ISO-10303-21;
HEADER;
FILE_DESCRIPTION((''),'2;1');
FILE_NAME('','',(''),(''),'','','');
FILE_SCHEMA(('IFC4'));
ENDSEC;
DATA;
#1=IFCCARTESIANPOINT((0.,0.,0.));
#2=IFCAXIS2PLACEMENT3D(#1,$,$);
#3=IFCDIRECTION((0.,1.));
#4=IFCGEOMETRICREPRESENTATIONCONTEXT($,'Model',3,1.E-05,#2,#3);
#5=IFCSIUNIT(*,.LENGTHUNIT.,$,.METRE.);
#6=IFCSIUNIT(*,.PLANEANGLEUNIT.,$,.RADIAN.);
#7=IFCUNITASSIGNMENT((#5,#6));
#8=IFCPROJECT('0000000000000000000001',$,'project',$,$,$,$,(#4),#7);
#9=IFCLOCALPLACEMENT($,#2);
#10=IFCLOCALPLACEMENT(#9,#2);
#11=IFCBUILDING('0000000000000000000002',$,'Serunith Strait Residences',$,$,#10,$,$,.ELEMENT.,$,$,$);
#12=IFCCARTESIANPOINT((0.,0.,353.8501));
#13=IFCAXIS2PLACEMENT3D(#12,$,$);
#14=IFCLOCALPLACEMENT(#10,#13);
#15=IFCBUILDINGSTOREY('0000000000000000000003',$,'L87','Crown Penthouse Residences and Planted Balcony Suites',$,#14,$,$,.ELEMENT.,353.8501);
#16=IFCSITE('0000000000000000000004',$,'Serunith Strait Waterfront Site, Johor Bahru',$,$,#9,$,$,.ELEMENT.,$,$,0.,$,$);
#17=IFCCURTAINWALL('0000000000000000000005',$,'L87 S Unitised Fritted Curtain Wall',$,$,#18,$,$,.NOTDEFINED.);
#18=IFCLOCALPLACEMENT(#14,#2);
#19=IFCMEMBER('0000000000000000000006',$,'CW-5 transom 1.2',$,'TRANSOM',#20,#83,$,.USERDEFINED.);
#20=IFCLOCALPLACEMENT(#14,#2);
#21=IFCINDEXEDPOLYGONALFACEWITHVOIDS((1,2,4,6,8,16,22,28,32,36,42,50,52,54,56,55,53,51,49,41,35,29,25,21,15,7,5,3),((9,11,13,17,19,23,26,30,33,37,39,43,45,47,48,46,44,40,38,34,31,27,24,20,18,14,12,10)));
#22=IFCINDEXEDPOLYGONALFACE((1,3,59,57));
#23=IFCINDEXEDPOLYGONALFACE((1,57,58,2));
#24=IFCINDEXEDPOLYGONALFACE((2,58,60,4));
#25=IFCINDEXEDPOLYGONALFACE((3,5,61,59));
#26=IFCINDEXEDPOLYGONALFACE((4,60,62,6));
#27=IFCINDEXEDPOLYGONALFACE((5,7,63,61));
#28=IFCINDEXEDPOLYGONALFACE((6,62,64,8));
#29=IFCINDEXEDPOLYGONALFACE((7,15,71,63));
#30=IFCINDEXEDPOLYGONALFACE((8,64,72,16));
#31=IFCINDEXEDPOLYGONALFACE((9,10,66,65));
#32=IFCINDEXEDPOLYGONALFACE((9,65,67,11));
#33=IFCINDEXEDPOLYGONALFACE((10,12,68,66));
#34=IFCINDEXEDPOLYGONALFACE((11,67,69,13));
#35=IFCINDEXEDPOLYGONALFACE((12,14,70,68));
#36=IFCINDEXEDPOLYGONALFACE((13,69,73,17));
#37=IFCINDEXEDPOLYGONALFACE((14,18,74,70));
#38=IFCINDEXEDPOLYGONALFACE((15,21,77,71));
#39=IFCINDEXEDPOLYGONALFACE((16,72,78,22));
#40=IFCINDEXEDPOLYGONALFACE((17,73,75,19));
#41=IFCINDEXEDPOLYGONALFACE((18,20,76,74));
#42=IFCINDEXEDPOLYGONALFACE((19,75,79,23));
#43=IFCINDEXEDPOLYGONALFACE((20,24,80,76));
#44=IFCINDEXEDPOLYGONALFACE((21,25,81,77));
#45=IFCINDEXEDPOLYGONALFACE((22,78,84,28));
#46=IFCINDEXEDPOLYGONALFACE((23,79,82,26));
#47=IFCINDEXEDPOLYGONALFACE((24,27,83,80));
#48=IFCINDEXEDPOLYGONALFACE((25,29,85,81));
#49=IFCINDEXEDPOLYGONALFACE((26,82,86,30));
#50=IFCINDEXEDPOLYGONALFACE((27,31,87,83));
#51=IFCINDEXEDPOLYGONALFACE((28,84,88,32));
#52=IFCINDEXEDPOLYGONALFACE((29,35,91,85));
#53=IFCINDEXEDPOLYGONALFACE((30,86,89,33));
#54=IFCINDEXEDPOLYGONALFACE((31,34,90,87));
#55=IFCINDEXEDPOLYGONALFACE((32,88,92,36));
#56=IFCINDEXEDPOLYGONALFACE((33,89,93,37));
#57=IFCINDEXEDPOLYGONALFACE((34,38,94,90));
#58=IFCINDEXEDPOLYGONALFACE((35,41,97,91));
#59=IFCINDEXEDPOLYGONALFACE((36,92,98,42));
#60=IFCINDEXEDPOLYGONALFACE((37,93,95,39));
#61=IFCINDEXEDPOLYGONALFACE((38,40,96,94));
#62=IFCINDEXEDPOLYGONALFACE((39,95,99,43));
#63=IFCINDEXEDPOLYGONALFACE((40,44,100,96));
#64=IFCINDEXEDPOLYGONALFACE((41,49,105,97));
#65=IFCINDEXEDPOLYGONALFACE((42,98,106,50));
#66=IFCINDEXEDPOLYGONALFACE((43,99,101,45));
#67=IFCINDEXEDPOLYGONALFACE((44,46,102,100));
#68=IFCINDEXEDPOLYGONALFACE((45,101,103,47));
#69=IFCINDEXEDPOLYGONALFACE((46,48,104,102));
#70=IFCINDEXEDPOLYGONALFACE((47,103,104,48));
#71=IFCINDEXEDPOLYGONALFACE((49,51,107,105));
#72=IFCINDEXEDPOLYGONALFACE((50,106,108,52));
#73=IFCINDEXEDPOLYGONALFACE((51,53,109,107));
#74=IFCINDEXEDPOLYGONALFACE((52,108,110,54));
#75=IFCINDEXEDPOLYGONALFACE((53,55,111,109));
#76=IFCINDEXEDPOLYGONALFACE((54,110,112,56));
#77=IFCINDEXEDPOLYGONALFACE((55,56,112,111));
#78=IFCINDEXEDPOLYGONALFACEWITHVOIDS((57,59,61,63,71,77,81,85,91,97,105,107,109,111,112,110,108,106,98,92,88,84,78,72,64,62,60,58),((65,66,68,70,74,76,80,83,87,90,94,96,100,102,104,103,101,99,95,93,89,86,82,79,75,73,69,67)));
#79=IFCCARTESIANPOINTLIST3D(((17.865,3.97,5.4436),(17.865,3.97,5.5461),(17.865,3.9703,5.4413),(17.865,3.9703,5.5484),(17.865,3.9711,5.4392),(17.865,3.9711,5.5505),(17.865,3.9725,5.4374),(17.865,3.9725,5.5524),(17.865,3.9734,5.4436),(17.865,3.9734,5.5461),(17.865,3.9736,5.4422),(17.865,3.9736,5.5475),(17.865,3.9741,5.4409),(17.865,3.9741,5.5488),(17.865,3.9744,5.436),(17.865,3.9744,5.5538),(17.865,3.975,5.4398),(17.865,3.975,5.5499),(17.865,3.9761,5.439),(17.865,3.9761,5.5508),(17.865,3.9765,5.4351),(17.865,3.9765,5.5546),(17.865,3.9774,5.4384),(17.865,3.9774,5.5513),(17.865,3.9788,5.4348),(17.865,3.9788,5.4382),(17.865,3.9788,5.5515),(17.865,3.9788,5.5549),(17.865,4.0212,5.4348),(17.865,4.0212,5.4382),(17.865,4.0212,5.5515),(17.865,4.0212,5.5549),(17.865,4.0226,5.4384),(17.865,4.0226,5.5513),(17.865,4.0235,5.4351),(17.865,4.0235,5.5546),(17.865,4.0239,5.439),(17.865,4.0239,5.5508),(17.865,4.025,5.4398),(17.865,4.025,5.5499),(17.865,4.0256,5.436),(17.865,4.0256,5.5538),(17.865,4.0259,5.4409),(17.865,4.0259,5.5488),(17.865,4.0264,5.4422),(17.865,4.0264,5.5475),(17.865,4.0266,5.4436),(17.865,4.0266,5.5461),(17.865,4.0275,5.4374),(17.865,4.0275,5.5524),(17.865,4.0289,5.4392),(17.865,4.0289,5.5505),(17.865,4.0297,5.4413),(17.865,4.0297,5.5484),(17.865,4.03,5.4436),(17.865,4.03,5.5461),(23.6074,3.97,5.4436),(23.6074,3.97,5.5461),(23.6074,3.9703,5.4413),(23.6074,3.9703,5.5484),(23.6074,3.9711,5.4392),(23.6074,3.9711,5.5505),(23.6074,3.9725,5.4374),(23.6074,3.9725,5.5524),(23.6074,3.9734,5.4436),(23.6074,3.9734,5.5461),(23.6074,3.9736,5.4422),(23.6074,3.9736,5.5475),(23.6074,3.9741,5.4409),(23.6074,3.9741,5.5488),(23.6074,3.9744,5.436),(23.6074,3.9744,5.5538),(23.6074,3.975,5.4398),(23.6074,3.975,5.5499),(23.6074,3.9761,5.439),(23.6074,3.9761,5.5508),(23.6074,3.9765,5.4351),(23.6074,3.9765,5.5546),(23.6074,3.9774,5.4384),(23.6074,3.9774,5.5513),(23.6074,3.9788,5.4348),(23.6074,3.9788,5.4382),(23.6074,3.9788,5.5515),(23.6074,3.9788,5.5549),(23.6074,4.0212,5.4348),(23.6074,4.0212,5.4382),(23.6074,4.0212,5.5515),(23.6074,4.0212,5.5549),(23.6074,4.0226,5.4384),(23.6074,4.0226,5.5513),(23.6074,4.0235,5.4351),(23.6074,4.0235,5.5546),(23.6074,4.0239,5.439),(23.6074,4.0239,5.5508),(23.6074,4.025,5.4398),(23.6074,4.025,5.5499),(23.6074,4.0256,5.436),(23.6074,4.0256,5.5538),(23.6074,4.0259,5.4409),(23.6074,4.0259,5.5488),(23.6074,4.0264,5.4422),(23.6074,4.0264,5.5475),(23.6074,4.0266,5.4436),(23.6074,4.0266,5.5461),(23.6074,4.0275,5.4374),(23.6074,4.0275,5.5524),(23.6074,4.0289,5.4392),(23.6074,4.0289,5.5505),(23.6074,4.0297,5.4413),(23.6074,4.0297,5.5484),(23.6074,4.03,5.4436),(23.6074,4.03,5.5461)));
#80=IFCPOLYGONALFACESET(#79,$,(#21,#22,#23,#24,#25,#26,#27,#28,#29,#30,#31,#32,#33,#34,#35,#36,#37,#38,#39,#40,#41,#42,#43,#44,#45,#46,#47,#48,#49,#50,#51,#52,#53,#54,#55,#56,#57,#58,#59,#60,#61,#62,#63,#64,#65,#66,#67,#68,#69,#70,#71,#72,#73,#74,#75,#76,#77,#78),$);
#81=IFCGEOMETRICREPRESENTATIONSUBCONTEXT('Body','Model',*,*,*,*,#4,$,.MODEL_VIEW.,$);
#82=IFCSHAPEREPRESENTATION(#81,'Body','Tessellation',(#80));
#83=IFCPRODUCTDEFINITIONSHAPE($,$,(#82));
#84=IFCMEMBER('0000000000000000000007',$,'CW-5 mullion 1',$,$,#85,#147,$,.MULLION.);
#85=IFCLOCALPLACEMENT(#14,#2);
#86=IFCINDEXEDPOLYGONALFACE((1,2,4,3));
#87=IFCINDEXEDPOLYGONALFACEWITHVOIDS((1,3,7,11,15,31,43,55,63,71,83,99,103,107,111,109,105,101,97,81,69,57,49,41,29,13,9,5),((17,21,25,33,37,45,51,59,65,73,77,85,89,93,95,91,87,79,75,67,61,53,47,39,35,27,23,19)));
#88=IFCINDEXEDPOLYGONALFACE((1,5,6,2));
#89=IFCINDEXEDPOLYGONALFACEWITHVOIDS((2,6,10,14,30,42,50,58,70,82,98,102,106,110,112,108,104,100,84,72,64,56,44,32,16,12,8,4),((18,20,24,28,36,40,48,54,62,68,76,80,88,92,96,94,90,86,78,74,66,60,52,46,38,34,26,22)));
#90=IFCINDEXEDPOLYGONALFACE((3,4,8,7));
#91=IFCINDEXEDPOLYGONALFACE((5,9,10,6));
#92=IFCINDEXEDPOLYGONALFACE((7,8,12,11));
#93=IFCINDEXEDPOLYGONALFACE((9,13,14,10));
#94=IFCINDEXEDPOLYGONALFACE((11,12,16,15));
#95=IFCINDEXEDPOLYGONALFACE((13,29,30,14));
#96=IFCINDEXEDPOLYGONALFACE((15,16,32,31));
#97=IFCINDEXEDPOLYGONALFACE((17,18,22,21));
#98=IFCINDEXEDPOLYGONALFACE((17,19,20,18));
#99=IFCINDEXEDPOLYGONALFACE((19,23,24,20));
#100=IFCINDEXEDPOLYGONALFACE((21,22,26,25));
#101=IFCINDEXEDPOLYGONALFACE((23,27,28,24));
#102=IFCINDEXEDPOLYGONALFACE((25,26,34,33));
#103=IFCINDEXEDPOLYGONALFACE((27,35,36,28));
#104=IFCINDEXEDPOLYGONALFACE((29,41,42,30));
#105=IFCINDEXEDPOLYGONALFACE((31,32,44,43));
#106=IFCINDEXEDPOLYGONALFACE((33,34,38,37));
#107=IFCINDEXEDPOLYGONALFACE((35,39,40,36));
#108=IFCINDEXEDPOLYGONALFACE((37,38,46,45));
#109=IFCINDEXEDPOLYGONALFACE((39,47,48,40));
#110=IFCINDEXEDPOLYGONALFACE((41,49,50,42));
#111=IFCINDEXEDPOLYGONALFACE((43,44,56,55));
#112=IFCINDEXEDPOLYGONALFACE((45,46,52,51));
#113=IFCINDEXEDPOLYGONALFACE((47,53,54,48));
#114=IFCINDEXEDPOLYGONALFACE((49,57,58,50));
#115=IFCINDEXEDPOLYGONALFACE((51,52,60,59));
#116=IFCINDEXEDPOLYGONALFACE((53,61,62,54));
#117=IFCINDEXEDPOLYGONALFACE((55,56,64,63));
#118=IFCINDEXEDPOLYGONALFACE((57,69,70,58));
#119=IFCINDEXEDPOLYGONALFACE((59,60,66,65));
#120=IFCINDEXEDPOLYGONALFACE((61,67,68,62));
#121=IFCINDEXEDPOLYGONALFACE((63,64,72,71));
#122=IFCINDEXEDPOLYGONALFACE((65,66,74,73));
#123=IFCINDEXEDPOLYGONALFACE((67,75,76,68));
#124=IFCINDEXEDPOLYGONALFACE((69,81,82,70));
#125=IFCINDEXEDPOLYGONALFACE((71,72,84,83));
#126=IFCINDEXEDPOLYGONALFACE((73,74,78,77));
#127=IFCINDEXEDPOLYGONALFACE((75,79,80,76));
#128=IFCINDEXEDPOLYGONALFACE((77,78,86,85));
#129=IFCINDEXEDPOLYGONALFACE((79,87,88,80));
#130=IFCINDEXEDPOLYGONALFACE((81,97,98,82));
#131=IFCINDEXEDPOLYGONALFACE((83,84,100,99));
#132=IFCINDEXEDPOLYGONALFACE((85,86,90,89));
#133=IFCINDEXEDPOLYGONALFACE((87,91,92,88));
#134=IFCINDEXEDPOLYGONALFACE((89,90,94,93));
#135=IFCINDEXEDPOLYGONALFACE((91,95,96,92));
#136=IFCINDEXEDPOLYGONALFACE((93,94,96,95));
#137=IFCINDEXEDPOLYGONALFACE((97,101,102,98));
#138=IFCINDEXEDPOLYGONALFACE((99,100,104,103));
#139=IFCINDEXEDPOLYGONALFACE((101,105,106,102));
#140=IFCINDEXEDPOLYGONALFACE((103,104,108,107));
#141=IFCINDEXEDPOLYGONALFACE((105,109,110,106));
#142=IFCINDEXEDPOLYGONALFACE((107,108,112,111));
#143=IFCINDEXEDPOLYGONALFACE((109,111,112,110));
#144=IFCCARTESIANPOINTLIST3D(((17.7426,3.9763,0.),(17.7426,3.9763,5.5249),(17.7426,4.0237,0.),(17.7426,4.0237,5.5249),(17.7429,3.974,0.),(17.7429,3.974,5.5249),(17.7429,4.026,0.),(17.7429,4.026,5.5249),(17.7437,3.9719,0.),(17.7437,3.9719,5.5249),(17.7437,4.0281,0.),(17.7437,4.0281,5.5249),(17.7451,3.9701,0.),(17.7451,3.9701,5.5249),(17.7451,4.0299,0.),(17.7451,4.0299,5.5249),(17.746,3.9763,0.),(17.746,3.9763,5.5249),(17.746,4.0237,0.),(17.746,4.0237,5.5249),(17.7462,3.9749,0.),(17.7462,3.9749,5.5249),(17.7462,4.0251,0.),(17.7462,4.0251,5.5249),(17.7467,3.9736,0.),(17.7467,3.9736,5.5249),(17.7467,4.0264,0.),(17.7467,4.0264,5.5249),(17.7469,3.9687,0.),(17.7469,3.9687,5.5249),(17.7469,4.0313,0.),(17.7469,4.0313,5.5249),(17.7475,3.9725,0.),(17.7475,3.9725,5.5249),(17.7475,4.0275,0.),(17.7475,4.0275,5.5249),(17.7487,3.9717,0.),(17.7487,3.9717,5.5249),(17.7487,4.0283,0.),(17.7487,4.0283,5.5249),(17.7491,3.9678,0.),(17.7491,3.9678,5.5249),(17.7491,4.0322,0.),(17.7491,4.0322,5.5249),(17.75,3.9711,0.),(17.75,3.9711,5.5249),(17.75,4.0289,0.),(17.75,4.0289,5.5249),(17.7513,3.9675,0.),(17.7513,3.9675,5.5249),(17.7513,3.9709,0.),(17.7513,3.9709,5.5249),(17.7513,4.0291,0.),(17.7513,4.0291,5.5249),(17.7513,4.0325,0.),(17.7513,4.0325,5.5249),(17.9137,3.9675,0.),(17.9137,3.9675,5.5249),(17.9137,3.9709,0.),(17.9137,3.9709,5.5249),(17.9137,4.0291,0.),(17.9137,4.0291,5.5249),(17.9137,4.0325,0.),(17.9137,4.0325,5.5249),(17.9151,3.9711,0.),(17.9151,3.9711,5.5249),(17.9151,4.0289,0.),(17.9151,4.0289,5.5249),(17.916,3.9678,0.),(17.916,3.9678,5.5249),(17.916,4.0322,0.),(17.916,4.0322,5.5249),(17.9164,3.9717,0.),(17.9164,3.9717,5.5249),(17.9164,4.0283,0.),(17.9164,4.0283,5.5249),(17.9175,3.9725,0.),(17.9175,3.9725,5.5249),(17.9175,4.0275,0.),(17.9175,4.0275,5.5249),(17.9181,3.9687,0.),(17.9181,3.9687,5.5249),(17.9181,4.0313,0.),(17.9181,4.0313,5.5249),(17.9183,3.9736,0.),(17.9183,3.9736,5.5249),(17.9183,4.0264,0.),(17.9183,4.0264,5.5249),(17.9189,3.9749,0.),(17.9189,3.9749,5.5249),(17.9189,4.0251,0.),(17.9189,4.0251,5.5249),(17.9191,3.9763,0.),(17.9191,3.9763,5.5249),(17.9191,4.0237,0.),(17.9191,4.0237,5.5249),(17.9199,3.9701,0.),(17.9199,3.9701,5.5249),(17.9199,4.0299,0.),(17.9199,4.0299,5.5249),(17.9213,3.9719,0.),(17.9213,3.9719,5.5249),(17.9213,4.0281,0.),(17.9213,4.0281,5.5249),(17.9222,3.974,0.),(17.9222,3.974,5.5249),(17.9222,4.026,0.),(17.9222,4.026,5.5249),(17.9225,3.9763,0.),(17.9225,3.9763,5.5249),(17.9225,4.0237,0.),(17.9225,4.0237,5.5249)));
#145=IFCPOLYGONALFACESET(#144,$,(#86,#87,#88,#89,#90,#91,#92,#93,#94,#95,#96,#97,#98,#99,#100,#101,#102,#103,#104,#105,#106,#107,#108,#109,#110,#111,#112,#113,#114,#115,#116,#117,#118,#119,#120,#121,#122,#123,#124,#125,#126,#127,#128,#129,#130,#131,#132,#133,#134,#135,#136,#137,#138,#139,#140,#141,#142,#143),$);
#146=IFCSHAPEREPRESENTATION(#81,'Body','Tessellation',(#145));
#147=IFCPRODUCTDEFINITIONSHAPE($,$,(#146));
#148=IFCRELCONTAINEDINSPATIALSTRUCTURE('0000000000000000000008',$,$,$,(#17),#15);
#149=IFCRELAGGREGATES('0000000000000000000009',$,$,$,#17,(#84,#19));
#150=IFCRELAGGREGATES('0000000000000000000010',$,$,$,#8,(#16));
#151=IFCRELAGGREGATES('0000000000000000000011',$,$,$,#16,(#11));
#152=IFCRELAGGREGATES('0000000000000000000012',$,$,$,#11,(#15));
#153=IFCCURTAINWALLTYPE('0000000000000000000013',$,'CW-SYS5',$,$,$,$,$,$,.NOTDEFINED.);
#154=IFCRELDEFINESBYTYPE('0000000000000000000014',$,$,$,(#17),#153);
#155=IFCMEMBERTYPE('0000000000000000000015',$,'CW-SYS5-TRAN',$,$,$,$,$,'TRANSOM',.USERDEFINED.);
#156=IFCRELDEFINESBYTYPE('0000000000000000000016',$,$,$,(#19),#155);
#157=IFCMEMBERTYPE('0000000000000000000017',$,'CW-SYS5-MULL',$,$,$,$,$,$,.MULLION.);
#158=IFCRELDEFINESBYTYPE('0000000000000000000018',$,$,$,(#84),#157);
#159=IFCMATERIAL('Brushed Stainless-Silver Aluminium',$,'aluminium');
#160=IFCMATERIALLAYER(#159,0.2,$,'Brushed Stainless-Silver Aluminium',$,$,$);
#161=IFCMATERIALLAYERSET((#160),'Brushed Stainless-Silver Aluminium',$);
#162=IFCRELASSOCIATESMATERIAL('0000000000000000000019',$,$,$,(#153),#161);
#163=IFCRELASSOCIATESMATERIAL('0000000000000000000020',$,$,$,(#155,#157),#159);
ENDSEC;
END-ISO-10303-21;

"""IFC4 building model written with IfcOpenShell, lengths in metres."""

from ifc_helpers import new_model, si_unit, direction, frame, origin, origin_2d, place, context, subcontext, project, spatial, hollow_rectangle, extrude, source, transform, mapped, material, layer, layer_set, material_profile, profile_set, type_object, element, aggregate, save


model = new_model("IFC4")

# Units and contexts
model_context = context("Model", 3, precision=1e-05, world=origin(), true_north=direction((0.0, 1.0)))
body_context = subcontext(model_context, "Body", "Model", "MODEL_VIEW")
ifc_project = project(units=[si_unit("LENGTHUNIT", "METRE"), si_unit("PLANEANGLEUNIT", "RADIAN")], contexts=[model_context])

# Site, building, storey
site_placement = place(None, origin())
site = spatial("IfcSite", under=ifc_project, at=site_placement, Name="Serunith Strait Waterfront Site, Johor Bahru", CompositionType="ELEMENT", RefElevation=0.0)
building_placement = place(site_placement, origin())
building = spatial("IfcBuilding", under=site, at=building_placement, Name="Serunith Strait Residences", CompositionType="ELEMENT")
storey_placement = place(building_placement, frame((0.0, 0.0, 353.8501)))
storey = spatial("IfcBuildingStorey", under=building, at=storey_placement, Name="L87", Description="Crown Penthouse Residences and Planted Balcony Suites", CompositionType="ELEMENT", Elevation=353.8501)

# Curtain wall, members
ifc_material_1 = material(Name="Brushed Stainless-Silver Aluminium", Category="aluminium")
ifc_layer_1 = layer(ifc_material_1, 0.2, Name="Brushed Stainless-Silver Aluminium")
ifc_layer_set_1 = layer_set([ifc_layer_1], Name="Brushed Stainless-Silver Aluminium")
curtain_wall_type = type_object("IfcCurtainWallType", Name="CW-SYS5", PredefinedType="NOTDEFINED", material=ifc_layer_set_1)
curtain_wall_1_placement = place(storey_placement, origin())
curtain_wall_1 = element("IfcCurtainWall", 1, at=curtain_wall_1_placement, inside=storey, type_object=curtain_wall_type, Name="L87 S Unitised Fritted Curtain Wall", PredefinedType="NOTDEFINED")
ifc_material_profile_1 = material_profile(ifc_material_1, hollow_rectangle(XDim=0.0601, YDim=0.1201, WallThickness=0.0034, InnerFilletRadius=0.0054, OuterFilletRadius=0.0088, at=origin_2d()), Name="ALU 120x60x3.5")
ifc_profile_set_1 = profile_set([ifc_material_profile_1], Name="Brushed Stainless-Silver Aluminium")
member_type_1 = type_object("IfcMemberType", Name="CW-SYS5-TRAN", ElementType="TRANSOM", PredefinedType="USERDEFINED", material=ifc_profile_set_1)
shared_shape_1 = source(origin(), body_context, "Body", "SweptSolid", [
    extrude(hollow_rectangle(XDim=0.0601, YDim=0.1201, WallThickness=0.0034, InnerFilletRadius=0.0054, OuterFilletRadius=0.0088, at=origin_2d()), origin(), (0.0, 0.0, 1.0), 5.7424),
])
member_1_placement = place(storey_placement, frame((17.865, 4.0, 5.4949), z_axis=(1.0, 0.0, 0.0), x_axis=(0.0, 1.0, 0.0)))
member_1 = element("IfcMember", 2, at=member_1_placement, type_object=member_type_1, Name="CW-5 transom 1.2", ObjectType="TRANSOM", PredefinedType="USERDEFINED", context=body_context, shape_type="MappedRepresentation", body=[
    mapped(shared_shape_1, transform((0.0, 0.0, 0.0), scale=1.0)),
])
ifc_material_profile_2 = material_profile(ifc_material_1, hollow_rectangle(XDim=0.0649, YDim=0.1799, WallThickness=0.0034, InnerFilletRadius=0.0054, OuterFilletRadius=0.0088, at=origin_2d()), Name="ALU 180x65x3.5")
ifc_profile_set_2 = profile_set([ifc_material_profile_2], Name="Brushed Stainless-Silver Aluminium")
member_type_2 = type_object("IfcMemberType", Name="CW-SYS5-MULL", PredefinedType="MULLION", material=ifc_profile_set_2)
shared_shape_2 = source(origin(), body_context, "Body", "SweptSolid", [
    extrude(hollow_rectangle(XDim=0.0649, YDim=0.1799, WallThickness=0.0034, InnerFilletRadius=0.0054, OuterFilletRadius=0.0088, at=origin_2d()), origin(), (0.0, 0.0, 1.0), 5.5249),
])
member_2_placement = place(storey_placement, frame((17.8325, 4.0, 0.0), z_axis=(0.0, 0.0, 1.0), x_axis=(0.0, 1.0, 0.0)))
member_2 = element("IfcMember", 3, at=member_2_placement, type_object=member_type_2, Name="CW-5 mullion 1", PredefinedType="MULLION", context=body_context, shape_type="MappedRepresentation", body=[
    mapped(shared_shape_2, transform((0.0, 0.0, 0.0), scale=1.0)),
])
aggregate(curtain_wall_1, [member_2, member_1])

save(model, "model.ifc")
